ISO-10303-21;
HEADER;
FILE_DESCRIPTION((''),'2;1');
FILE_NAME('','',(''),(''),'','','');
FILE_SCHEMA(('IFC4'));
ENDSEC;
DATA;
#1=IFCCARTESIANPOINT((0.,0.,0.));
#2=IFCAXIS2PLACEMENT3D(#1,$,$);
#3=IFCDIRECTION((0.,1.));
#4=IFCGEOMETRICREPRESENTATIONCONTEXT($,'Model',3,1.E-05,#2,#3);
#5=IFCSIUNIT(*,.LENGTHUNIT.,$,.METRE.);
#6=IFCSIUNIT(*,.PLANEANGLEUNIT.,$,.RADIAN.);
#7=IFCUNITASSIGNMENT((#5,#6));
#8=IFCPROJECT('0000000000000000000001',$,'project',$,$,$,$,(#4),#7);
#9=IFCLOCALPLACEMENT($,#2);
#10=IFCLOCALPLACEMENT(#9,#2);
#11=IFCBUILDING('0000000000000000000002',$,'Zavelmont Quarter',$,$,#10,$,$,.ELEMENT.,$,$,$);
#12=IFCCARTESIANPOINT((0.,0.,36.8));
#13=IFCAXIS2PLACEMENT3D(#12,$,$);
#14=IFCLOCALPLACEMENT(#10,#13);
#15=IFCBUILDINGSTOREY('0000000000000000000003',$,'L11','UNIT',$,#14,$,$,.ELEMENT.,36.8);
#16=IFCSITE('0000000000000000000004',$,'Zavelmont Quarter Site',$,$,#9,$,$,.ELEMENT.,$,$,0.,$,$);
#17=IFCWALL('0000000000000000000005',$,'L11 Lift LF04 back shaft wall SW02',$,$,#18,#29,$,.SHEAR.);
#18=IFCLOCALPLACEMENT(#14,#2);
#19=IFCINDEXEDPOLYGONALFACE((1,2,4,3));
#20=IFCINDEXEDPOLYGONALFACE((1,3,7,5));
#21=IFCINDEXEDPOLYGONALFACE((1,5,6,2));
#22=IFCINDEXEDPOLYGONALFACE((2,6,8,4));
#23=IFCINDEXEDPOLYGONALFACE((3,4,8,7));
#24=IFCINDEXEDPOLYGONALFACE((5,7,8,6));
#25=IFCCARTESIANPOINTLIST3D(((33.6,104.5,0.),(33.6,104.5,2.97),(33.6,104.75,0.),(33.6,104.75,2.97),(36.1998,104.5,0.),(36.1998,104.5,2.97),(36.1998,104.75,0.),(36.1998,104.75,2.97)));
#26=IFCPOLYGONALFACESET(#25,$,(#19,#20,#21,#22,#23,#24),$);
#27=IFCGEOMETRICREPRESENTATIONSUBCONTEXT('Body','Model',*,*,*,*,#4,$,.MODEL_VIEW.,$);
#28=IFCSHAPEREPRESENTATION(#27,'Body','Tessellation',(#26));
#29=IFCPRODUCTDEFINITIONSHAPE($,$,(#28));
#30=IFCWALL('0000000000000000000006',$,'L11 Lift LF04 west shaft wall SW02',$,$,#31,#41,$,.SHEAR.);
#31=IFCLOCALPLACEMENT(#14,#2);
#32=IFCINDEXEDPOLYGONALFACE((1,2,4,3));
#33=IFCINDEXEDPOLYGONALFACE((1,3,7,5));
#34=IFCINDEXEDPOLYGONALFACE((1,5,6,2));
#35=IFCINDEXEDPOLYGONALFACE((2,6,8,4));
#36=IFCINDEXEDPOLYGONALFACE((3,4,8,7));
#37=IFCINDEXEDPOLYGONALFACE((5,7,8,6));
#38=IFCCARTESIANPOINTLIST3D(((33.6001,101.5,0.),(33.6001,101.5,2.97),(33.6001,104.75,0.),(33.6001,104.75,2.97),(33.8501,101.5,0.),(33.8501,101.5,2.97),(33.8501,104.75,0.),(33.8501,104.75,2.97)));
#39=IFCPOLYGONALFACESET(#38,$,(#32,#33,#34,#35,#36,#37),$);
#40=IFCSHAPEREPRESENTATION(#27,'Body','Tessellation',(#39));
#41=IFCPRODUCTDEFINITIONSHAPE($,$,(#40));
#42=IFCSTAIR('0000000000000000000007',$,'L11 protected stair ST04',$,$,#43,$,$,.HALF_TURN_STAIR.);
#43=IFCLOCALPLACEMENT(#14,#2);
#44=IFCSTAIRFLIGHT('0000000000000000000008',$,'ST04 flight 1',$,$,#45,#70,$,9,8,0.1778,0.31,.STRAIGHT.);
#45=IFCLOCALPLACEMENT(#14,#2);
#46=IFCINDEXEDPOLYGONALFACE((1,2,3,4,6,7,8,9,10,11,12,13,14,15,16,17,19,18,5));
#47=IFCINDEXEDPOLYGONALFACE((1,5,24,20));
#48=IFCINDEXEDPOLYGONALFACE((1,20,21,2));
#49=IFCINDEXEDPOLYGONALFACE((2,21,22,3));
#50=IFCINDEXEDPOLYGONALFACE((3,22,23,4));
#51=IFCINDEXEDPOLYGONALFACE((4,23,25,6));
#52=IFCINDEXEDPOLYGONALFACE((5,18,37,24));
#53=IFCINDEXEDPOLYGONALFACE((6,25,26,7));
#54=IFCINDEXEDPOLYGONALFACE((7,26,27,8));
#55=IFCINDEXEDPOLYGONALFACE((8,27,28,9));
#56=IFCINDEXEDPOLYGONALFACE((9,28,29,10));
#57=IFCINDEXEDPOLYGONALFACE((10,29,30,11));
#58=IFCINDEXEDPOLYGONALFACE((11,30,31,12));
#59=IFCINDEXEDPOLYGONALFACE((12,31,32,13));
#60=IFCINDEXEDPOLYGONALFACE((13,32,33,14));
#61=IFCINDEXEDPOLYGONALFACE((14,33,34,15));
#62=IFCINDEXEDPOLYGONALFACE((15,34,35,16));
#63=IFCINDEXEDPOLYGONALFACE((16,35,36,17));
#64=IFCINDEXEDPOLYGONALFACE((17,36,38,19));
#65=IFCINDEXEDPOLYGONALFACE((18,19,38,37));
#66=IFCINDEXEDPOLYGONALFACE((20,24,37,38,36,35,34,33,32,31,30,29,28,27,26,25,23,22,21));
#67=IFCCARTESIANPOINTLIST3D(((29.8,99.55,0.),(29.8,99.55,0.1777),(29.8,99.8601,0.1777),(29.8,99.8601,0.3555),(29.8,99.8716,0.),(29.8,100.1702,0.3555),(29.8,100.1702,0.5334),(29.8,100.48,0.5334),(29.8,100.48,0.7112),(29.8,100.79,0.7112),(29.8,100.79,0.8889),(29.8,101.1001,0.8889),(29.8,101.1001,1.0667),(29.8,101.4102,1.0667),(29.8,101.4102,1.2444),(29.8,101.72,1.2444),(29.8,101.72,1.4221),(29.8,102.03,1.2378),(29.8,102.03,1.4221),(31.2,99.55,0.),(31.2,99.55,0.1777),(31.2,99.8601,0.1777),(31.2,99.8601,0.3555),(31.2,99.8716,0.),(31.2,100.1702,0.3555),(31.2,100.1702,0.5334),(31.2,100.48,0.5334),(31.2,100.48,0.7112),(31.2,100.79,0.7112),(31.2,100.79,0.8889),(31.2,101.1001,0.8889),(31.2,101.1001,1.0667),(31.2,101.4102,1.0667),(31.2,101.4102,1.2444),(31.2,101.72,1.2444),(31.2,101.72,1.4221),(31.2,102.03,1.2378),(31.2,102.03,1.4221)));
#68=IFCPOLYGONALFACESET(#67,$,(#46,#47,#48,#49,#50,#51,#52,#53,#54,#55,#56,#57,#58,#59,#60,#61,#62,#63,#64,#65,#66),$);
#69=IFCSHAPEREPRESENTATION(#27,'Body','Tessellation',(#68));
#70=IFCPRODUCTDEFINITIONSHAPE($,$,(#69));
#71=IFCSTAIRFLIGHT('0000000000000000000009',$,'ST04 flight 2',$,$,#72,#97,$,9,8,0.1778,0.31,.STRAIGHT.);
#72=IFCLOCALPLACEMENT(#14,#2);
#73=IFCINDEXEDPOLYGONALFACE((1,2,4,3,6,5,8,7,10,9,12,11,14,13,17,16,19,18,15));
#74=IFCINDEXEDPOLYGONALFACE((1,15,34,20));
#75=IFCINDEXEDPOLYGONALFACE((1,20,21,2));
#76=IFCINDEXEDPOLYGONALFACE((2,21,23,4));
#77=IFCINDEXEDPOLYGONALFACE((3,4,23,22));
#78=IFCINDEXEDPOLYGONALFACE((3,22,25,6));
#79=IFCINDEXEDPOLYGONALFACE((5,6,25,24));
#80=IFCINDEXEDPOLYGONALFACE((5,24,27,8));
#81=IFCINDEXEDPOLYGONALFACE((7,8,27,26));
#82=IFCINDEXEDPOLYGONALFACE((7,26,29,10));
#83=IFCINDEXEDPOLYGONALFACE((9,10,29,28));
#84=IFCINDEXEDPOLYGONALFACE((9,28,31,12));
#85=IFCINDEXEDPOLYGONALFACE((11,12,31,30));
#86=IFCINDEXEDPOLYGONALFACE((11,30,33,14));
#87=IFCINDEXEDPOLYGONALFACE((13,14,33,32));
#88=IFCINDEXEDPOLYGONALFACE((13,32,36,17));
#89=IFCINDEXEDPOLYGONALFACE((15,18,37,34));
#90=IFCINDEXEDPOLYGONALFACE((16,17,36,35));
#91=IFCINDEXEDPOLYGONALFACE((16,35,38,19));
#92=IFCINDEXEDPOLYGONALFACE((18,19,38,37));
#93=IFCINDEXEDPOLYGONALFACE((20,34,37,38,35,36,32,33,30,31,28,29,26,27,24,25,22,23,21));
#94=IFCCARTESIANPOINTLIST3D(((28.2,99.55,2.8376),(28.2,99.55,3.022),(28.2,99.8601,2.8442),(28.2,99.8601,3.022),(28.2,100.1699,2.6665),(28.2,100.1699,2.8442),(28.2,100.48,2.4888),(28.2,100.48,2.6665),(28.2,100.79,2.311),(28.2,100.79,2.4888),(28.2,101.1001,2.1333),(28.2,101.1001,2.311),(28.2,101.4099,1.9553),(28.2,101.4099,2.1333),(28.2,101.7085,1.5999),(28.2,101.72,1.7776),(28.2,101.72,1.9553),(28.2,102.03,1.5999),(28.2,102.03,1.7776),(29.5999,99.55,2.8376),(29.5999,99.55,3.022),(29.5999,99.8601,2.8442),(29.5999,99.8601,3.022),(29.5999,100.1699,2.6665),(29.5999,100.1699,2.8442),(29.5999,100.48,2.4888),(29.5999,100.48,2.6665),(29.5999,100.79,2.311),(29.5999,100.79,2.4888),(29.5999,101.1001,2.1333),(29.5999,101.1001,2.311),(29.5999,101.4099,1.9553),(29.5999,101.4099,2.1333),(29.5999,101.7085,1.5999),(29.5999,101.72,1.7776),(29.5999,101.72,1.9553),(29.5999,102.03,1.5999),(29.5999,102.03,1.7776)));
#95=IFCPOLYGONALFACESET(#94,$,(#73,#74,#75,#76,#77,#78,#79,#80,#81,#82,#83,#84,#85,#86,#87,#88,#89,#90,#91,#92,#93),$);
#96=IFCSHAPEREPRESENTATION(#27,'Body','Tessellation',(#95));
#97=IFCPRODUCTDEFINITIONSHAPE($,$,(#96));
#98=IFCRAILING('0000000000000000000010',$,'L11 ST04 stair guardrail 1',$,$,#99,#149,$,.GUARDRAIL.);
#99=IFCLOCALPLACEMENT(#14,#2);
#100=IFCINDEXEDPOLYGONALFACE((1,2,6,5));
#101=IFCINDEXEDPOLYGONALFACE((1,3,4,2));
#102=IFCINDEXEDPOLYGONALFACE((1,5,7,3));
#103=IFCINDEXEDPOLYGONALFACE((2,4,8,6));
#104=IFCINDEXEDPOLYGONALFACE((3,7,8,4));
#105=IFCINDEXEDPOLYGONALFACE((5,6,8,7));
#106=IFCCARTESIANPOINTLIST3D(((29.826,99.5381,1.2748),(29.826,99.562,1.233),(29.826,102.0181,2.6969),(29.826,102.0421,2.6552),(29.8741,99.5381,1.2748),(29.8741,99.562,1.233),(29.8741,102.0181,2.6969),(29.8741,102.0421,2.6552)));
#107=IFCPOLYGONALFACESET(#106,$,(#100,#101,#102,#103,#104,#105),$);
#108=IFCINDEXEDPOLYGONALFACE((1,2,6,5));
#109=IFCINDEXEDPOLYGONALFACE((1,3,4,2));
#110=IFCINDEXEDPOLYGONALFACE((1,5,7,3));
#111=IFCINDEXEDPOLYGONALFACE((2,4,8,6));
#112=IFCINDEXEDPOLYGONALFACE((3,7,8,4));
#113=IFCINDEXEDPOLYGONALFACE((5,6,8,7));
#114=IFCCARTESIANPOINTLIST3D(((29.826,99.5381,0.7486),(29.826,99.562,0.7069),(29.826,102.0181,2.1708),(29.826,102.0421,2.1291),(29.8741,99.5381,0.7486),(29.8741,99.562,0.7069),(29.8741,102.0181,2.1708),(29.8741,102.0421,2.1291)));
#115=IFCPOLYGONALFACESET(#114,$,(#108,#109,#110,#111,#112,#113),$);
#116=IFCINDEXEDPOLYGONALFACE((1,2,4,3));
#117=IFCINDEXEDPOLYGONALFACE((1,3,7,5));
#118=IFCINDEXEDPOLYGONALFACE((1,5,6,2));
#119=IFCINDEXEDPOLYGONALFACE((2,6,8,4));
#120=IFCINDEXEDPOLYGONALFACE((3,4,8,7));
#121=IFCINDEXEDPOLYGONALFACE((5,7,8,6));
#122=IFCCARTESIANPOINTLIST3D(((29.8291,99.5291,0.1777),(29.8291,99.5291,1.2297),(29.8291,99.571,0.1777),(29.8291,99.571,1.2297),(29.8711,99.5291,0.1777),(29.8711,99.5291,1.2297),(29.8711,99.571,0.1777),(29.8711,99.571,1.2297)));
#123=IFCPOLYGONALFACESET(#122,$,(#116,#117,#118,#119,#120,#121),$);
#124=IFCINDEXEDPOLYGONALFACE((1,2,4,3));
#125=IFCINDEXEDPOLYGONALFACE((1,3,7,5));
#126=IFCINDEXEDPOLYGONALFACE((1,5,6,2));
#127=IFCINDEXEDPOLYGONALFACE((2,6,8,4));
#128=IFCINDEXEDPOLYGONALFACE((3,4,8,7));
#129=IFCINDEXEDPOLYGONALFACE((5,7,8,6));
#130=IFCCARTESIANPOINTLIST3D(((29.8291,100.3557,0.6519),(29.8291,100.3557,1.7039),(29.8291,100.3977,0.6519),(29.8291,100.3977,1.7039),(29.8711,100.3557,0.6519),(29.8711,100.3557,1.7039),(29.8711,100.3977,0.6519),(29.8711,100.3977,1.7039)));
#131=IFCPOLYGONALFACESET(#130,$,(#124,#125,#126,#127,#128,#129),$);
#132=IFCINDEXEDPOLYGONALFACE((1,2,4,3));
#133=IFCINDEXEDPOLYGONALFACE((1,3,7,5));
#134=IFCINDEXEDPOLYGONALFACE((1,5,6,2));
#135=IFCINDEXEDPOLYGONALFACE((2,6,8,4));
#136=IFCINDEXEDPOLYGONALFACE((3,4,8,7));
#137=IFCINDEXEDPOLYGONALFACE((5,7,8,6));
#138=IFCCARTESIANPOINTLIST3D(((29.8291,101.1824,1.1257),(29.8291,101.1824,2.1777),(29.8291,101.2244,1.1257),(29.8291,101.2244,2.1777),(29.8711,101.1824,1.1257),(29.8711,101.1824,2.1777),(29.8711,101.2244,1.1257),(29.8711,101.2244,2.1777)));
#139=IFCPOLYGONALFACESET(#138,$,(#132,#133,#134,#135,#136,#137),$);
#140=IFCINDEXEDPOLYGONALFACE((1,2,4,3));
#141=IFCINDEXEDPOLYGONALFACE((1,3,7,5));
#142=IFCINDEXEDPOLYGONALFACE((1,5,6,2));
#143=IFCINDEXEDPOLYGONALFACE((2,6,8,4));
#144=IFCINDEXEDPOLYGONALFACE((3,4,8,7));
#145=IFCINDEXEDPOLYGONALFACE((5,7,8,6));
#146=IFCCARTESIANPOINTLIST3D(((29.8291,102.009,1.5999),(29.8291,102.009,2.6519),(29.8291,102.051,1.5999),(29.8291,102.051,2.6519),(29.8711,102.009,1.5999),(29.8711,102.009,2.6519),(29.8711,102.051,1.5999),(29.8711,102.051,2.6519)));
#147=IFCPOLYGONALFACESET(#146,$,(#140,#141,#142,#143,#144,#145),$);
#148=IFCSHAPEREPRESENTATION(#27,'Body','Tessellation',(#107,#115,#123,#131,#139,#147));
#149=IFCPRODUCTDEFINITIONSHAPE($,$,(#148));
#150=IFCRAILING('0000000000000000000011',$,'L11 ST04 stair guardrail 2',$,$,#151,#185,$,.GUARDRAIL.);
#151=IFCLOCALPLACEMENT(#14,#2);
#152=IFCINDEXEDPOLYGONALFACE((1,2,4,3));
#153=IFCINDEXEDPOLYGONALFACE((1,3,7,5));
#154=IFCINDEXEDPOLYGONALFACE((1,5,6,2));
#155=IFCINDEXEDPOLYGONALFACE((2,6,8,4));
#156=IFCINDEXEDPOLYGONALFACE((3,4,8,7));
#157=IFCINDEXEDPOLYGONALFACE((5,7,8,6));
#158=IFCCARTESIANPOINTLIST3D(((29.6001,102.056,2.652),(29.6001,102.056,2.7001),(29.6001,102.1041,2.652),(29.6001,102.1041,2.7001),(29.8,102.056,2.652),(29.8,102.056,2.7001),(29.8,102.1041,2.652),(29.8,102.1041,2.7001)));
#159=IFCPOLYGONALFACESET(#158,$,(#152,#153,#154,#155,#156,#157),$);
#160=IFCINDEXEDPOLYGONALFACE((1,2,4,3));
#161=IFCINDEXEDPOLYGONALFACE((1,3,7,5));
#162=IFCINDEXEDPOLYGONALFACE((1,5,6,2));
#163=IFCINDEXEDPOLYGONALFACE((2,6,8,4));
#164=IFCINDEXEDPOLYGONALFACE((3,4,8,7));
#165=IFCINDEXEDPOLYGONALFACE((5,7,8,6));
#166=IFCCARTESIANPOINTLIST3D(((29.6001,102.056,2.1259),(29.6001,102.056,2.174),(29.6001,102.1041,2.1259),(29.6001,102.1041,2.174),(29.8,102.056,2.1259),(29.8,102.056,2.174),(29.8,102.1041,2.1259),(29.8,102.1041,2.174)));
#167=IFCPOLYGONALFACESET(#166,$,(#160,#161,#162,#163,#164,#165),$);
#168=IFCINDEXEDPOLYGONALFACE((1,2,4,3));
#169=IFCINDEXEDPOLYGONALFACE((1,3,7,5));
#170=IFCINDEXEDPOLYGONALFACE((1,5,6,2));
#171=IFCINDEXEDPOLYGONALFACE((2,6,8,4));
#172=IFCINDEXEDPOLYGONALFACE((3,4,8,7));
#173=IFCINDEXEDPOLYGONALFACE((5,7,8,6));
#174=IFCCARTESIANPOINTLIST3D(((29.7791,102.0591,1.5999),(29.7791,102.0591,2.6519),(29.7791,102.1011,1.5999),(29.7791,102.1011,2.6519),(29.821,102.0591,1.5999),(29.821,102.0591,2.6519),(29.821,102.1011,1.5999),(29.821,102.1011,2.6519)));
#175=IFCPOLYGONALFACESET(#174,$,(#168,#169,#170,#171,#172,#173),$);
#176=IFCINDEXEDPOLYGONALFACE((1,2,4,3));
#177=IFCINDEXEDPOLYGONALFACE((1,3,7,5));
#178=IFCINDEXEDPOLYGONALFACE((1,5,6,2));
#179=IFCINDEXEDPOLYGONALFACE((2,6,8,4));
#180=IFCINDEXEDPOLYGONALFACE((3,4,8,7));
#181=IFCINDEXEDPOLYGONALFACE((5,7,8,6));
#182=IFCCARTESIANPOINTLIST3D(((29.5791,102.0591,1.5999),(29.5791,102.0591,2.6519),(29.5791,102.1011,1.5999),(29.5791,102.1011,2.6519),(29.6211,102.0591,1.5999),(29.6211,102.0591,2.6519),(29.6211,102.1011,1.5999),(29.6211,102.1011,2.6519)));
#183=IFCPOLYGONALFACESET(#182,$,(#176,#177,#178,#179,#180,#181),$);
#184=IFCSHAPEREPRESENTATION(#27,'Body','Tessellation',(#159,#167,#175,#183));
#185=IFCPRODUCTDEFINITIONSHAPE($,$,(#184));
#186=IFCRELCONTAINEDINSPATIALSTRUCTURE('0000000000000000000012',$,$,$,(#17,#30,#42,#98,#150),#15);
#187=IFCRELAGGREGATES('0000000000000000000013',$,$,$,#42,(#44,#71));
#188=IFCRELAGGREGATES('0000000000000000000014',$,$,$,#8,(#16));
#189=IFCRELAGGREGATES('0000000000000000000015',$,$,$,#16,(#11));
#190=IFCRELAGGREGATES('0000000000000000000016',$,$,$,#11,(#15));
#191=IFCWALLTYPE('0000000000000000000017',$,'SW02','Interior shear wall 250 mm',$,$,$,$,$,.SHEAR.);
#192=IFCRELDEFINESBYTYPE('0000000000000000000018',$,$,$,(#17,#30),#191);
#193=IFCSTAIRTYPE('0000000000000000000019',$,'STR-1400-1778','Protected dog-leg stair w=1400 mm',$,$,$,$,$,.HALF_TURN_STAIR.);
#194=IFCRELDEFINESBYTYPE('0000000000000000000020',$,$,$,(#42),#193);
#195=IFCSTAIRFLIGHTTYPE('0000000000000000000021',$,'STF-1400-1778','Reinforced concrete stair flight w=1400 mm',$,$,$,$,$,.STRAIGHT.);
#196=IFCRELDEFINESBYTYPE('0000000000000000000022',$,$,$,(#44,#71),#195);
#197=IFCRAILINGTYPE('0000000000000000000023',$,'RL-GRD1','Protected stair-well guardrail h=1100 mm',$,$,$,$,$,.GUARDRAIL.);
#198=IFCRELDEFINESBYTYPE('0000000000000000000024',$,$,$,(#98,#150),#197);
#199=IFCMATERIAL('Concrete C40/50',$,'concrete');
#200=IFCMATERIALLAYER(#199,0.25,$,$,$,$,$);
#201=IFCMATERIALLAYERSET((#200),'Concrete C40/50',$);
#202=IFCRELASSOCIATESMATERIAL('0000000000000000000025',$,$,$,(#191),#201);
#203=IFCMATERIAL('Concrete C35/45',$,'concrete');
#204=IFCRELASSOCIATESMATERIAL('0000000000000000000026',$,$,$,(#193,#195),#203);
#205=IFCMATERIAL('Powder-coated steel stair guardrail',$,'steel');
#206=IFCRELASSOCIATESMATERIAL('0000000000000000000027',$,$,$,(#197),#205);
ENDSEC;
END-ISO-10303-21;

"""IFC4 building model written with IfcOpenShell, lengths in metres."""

from ifc_helpers import new_model, si_unit, direction, frame, frame_2d, origin, origin_2d, place, context, subcontext, project, spatial, polyline, rectangle, outline, extrude, material, layer, layer_set, type_object, element, aggregate, save


model = new_model("IFC4")

# Units and contexts
model_context = context("Model", 3, precision=1e-05, world=origin(), true_north=direction((0.0, 1.0)))
body_context = subcontext(model_context, "Body", "Model", "MODEL_VIEW")
ifc_project = project(units=[si_unit("LENGTHUNIT", "METRE"), si_unit("PLANEANGLEUNIT", "RADIAN")], contexts=[model_context])

# Site, building, storey
site_placement = place(None, origin())
site = spatial("IfcSite", under=ifc_project, at=site_placement, Name="Zavelmont Quarter Site", CompositionType="ELEMENT", RefElevation=0.0)
building_placement = place(site_placement, origin())
building = spatial("IfcBuilding", under=site, at=building_placement, Name="Zavelmont Quarter", CompositionType="ELEMENT")
storey_placement = place(building_placement, frame((0.0, 0.0, 36.8)))
storey = spatial("IfcBuildingStorey", under=building, at=storey_placement, Name="L11", Description="UNIT", CompositionType="ELEMENT", Elevation=36.8)

# Shared definitions
ifc_material_1 = material(Name="Concrete C35/45", Category="concrete")
ifc_material_2 = material(Name="Concrete C40/50", Category="concrete")

# Shared definitions
ifc_layer_1 = layer(ifc_material_2, 0.25)
ifc_layer_set_1 = layer_set([ifc_layer_1], Name="Concrete C40/50")
wall_type_1 = type_object("IfcWallType", Name="SW02", Description="Interior shear wall 250 mm", PredefinedType="SHEAR", material=ifc_layer_set_1)

# Walls
wall_1_placement = place(storey_placement, frame((33.6001, 104.625, 0.0), z_axis=(0.0, 0.0, 1.0), x_axis=(1.0, 0.0, 0.0)))
element("IfcWall", 1, at=wall_1_placement, inside=storey, type_object=wall_type_1, Name="L11 Lift LF04 back shaft wall SW02", PredefinedType="SHEAR", context=body_context, shape_type="SweptSolid", body=[
    extrude(rectangle(XDim=2.5999, YDim=0.25, at=frame_2d((1.2998, 0.0))), origin(), (0.0, 0.0, 1.0), 2.97),
])
wall_2_placement = place(storey_placement, frame((33.7251, 101.5, 0.0), z_axis=(0.0, 0.0, 1.0), x_axis=(0.0, 1.0, 0.0)))
element("IfcWall", 2, at=wall_2_placement, inside=storey, type_object=wall_type_1, Name="L11 Lift LF04 west shaft wall SW02", PredefinedType="SHEAR", context=body_context, shape_type="SweptSolid", body=[
    extrude(rectangle(XDim=3.25, YDim=0.25, at=frame_2d((1.625, 0.0))), origin(), (0.0, 0.0, 1.0), 2.97),
])

# Stair, stair flights
stair_type = type_object("IfcStairType", Name="STR-1400-1778", Description="Protected dog-leg stair w=1400 mm", PredefinedType="HALF_TURN_STAIR", material=ifc_material_1)
stair_placement = place(storey_placement, origin())
stair = element("IfcStair", 3, at=stair_placement, inside=storey, type_object=stair_type, Name="L11 protected stair ST04", PredefinedType="HALF_TURN_STAIR")
stair_flight_type = type_object("IfcStairFlightType", Name="STF-1400-1778", Description="Reinforced concrete stair flight w=1400 mm", PredefinedType="STRAIGHT", material=ifc_material_1)
stair_flight_1_placement = place(storey_placement, frame((30.5, 99.55, 0.0), z_axis=(0.0, 0.0, 1.0), x_axis=(0.0, 1.0, 0.0)))
stair_flight_1 = element("IfcStairFlight", 4, at=stair_flight_1_placement, type_object=stair_flight_type, Name="ST04 flight 1", NumberOfRisers=9, NumberOfTreads=8, PredefinedType="STRAIGHT", RiserHeight=0.1778, TreadLength=0.31, context=body_context, shape_type="SweptSolid", body=[
    extrude(outline(polyline([(0.0, 0.0), (0.0, 0.1777), (0.3101, 0.1777), (0.3101, 0.3555), (0.6201, 0.3555), (0.6201, 0.5334), (0.9299, 0.5334), (0.9299, 0.7112), (1.24, 0.7112), (1.24, 0.8889), (1.55, 0.8889), (1.55, 1.0667), (1.8601, 1.0667), (1.8601, 1.2444), (2.1699, 1.2444), (2.1699, 1.4221), (2.48, 1.4221), (2.48, 1.6001), (2.48, 1.2378), (0.3215, 0.0), (0.0, 0.0)])), frame((0.0, 0.7, 0.0), z_axis=(0.0, -1.0, 0.0), x_axis=(1.0, 0.0, 0.0)), (0.0, 0.0, 1.0), 1.3999),
])
stair_flight_2_placement = place(storey_placement, frame((28.8999, 102.03, 1.5999), z_axis=(0.0, 0.0, 1.0), x_axis=(0.0, -1.0, 0.0)))
stair_flight_2 = element("IfcStairFlight", 5, at=stair_flight_2_placement, type_object=stair_flight_type, Name="ST04 flight 2", NumberOfRisers=9, NumberOfTreads=8, PredefinedType="STRAIGHT", RiserHeight=0.1778, TreadLength=0.31, context=body_context, shape_type="SweptSolid", body=[
    extrude(outline(polyline([(0.0, 0.0), (0.0, 0.1777), (0.3101, 0.1777), (0.3101, 0.3555), (0.6201, 0.3555), (0.6201, 0.5334), (0.9299, 0.5334), (0.9299, 0.7112), (1.24, 0.7112), (1.24, 0.8889), (1.55, 0.8889), (1.55, 1.0667), (1.8601, 1.0667), (1.8601, 1.2444), (2.1699, 1.2444), (2.1699, 1.4221), (2.48, 1.4221), (2.48, 1.6001), (2.48, 1.2378), (0.3215, 0.0), (0.0, 0.0)])), frame((0.0, 0.7, 0.0), z_axis=(0.0, -1.0, 0.0), x_axis=(1.0, 0.0, 0.0)), (0.0, 0.0, 1.0), 1.3999),
])
aggregate(stair, [stair_flight_1, stair_flight_2])

# Railings
ifc_material_3 = material(Name="Powder-coated steel stair guardrail", Category="steel")
railing_type_1 = type_object("IfcRailingType", Name="RL-GRD1", Description="Protected stair-well guardrail h=1100 mm", PredefinedType="GUARDRAIL", material=ifc_material_3)
railing_1_placement = place(storey_placement, frame((29.8501, 99.55, 0.1777)))
element("IfcRailing", 6, at=railing_1_placement, inside=storey, type_object=railing_type_1, Name="L11 ST04 stair guardrail 1", PredefinedType="GUARDRAIL", context=body_context, shape_type="SweptSolid", body=[
    extrude(rectangle(XDim=0.0481, YDim=0.0481, at=origin_2d()), frame((0.0, 0.0, 1.0762), z_axis=(0.0, 0.867491, 0.497454), x_axis=(-1.0, 0.0, 0.0)), (0.0, 0.0, 1.0), 2.8589),
    extrude(rectangle(XDim=0.0481, YDim=0.0481, at=origin_2d()), frame((0.0, 0.0, 0.55), z_axis=(0.0, 0.867491, 0.497454), x_axis=(-1.0, 0.0, 0.0)), (0.0, 0.0, 1.0), 2.8589),
    extrude(rectangle(XDim=0.042, YDim=0.042, at=origin_2d()), origin(), (0.0, 0.0, 1.0), 1.052),
    extrude(rectangle(XDim=0.042, YDim=0.042, at=origin_2d()), frame((0.0, 0.8267, 0.4741)), (0.0, 0.0, 1.0), 1.052),
    extrude(rectangle(XDim=0.042, YDim=0.042, at=origin_2d()), frame((0.0, 1.6533, 0.948)), (0.0, 0.0, 1.0), 1.052),
    extrude(rectangle(XDim=0.042, YDim=0.042, at=origin_2d()), frame((0.0, 2.48, 1.4221)), (0.0, 0.0, 1.0), 1.052),
])
railing_2_placement = place(storey_placement, frame((29.8, 102.0801, 1.5999)))
element("IfcRailing", 7, at=railing_2_placement, inside=storey, type_object=railing_type_1, Name="L11 ST04 stair guardrail 2", PredefinedType="GUARDRAIL", context=body_context, shape_type="SweptSolid", body=[
    extrude(rectangle(XDim=0.0481, YDim=0.0481, at=origin_2d()), frame((0.0, 0.0, 1.0762), z_axis=(-1.0, 0.0, 0.0), x_axis=(0.0, -1.0, 0.0)), (0.0, 0.0, 1.0), 0.2),
    extrude(rectangle(XDim=0.0481, YDim=0.0481, at=origin_2d()), frame((0.0, 0.0, 0.55), z_axis=(-1.0, 0.0, 0.0), x_axis=(0.0, -1.0, 0.0)), (0.0, 0.0, 1.0), 0.2),
    extrude(rectangle(XDim=0.042, YDim=0.042, at=origin_2d()), origin(), (0.0, 0.0, 1.0), 1.052),
    extrude(rectangle(XDim=0.042, YDim=0.042, at=origin_2d()), frame((-0.2, 0.0, 0.0)), (0.0, 0.0, 1.0), 1.052),
])

save(model, "model.ifc")
